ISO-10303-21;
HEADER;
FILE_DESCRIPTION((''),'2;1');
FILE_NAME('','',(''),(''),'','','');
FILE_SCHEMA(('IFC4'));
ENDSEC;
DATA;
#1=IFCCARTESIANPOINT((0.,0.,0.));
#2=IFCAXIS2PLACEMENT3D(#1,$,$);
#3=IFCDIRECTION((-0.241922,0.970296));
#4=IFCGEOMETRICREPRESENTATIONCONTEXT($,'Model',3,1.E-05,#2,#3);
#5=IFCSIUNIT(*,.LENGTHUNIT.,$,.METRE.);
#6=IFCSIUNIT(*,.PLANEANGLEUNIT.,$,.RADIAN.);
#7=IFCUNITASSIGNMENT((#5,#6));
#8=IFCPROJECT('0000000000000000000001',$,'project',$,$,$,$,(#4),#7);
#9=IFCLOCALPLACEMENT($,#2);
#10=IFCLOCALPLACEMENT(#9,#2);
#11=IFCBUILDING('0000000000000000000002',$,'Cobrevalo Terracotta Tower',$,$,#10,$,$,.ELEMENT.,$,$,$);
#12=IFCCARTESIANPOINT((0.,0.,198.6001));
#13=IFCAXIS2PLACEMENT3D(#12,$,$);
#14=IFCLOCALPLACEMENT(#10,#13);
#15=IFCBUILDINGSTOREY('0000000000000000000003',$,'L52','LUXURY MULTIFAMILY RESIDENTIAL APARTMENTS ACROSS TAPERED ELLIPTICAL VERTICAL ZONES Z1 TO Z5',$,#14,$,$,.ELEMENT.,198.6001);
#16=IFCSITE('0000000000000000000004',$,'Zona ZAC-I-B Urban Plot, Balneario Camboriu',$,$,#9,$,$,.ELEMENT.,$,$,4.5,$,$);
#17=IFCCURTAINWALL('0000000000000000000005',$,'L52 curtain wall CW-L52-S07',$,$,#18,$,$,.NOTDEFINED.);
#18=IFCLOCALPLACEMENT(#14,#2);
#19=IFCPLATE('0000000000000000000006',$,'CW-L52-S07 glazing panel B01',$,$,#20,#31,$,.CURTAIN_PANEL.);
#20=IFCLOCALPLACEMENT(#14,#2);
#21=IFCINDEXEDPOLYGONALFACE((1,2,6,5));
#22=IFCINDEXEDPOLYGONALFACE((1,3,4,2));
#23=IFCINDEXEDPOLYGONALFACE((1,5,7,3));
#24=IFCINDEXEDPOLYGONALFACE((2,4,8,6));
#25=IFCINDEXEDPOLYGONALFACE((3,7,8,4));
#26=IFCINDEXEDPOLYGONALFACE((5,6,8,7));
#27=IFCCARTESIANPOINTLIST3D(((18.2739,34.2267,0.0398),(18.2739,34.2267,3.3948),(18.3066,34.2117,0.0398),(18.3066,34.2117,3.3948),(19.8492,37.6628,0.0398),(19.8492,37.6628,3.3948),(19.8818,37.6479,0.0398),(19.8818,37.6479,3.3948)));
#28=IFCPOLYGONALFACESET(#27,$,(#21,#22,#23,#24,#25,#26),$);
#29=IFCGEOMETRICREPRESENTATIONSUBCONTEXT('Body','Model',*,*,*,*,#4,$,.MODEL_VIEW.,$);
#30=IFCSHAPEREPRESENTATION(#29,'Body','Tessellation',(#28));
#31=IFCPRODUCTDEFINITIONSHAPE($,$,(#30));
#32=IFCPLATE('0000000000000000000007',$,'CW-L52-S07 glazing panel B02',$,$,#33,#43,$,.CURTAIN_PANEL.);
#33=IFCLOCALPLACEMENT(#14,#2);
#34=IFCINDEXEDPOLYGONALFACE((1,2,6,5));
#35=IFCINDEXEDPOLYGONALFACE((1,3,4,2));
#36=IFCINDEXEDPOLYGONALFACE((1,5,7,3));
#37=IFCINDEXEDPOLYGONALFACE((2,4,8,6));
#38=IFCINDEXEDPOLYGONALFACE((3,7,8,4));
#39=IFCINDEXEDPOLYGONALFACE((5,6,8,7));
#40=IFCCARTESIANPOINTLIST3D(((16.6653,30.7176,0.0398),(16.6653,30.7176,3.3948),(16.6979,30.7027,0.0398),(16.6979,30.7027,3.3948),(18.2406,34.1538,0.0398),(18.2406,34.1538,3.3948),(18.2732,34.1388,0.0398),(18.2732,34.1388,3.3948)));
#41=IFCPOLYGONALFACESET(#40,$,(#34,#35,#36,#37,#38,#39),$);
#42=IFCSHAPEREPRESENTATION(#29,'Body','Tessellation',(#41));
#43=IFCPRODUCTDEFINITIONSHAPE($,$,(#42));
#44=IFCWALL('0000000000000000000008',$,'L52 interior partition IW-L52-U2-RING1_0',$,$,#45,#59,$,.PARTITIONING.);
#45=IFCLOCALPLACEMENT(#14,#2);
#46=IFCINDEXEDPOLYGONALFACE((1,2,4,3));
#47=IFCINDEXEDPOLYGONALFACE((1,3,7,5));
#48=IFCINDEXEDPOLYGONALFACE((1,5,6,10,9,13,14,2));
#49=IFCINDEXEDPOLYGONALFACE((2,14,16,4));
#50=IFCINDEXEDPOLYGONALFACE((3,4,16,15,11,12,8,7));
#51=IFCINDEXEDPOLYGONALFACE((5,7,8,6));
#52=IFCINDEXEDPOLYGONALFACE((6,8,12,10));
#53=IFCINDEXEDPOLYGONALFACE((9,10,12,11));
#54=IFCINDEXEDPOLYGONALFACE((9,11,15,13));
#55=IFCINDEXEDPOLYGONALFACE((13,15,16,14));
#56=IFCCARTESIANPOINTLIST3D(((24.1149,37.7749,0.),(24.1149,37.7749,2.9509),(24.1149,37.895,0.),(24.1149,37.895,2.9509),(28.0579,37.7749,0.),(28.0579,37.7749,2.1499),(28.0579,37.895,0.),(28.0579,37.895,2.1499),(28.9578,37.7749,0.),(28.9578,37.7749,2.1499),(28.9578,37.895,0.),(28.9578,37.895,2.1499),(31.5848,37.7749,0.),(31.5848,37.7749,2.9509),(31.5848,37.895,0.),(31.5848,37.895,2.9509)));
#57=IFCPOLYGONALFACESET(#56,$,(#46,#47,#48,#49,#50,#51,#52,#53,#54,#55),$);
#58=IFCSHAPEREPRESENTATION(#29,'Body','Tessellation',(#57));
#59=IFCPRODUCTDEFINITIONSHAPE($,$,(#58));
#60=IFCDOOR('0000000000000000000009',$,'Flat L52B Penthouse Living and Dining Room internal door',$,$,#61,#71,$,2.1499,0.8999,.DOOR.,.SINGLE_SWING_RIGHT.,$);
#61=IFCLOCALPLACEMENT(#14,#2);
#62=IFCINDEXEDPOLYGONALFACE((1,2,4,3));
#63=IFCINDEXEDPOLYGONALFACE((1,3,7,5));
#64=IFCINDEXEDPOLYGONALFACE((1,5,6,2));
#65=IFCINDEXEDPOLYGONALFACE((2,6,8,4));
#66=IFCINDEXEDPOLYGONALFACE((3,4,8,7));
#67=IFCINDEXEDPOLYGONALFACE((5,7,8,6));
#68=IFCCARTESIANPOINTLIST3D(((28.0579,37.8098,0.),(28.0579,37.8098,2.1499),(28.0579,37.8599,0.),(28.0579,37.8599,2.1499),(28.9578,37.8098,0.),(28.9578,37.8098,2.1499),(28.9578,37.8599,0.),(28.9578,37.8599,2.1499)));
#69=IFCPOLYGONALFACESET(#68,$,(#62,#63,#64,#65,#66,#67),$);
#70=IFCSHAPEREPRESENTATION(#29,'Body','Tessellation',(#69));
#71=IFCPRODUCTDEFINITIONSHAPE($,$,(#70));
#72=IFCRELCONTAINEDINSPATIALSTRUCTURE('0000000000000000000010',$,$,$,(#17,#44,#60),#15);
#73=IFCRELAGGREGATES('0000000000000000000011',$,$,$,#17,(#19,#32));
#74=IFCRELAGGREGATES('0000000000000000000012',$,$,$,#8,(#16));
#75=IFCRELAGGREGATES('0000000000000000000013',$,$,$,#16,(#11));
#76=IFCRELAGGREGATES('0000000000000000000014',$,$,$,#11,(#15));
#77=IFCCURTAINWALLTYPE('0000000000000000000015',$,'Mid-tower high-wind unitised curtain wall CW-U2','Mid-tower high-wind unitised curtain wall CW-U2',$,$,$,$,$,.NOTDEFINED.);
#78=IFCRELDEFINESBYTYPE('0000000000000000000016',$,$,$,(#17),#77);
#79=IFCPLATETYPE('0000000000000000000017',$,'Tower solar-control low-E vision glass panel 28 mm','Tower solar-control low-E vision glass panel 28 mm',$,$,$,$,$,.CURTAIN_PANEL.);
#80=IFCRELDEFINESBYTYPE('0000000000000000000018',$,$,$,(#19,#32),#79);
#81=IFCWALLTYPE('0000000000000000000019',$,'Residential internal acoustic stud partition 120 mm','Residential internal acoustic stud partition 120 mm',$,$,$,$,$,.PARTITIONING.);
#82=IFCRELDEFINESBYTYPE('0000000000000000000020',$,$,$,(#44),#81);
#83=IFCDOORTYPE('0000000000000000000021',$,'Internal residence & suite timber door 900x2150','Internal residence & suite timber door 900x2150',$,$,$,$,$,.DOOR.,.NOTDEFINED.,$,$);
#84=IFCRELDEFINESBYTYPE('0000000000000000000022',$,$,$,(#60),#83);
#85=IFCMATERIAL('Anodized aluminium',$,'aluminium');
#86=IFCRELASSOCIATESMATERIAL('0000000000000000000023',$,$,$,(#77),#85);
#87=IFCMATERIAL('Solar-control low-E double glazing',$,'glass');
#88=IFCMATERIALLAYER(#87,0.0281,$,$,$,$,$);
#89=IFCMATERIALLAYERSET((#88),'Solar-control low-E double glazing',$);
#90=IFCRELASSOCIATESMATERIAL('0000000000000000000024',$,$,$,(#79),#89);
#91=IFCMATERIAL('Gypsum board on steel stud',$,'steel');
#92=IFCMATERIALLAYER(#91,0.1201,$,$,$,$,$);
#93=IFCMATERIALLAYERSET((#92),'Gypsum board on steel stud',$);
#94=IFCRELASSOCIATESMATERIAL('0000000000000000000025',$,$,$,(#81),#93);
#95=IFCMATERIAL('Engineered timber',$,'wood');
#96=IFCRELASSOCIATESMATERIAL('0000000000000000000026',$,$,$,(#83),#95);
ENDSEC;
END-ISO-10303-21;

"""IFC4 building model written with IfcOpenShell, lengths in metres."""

from ifc_helpers import new_model, si_unit, direction, frame, frame_2d, origin, origin_2d, place, context, subcontext, project, spatial, rectangle, extrude, source, transform, mapped, material, layer, layer_set, type_object, element, fill, aggregate, save


model = new_model("IFC4")

# Units and contexts
model_context = context("Model", 3, precision=1e-05, world=origin(), true_north=direction((-0.241922, 0.970296)))
body_context = subcontext(model_context, "Body", "Model", "MODEL_VIEW")
ifc_project = project(units=[si_unit("LENGTHUNIT", "METRE"), si_unit("PLANEANGLEUNIT", "RADIAN")], contexts=[model_context])

# Site, building, storey
site_placement = place(None, origin())
site = spatial("IfcSite", under=ifc_project, at=site_placement, Name="Zona ZAC-I-B Urban Plot, Balneario Camboriu", CompositionType="ELEMENT", RefElevation=4.5)
building_placement = place(site_placement, origin())
building = spatial("IfcBuilding", under=site, at=building_placement, Name="Cobrevalo Terracotta Tower", CompositionType="ELEMENT")
storey_placement = place(building_placement, frame((0.0, 0.0, 198.6001)))
storey = spatial("IfcBuildingStorey", under=building, at=storey_placement, Name="L52", Description="LUXURY MULTIFAMILY RESIDENTIAL APARTMENTS ACROSS TAPERED ELLIPTICAL VERTICAL ZONES Z1 TO Z5", CompositionType="ELEMENT", Elevation=198.6001)

# Curtain wall
ifc_material_1 = material(Name="Anodized aluminium", Category="aluminium")
curtain_wall_type = type_object("IfcCurtainWallType", Name="Mid-tower high-wind unitised curtain wall CW-U2", Description="Mid-tower high-wind unitised curtain wall CW-U2", PredefinedType="NOTDEFINED", material=ifc_material_1)
curtain_wall_1_placement = place(storey_placement, origin())
curtain_wall_1 = element("IfcCurtainWall", 1, at=curtain_wall_1_placement, inside=storey, type_object=curtain_wall_type, Name="L52 curtain wall CW-L52-S07", PredefinedType="NOTDEFINED")

# Plates
ifc_material_2 = material(Name="Solar-control low-E double glazing", Category="glass")
ifc_layer_1 = layer(ifc_material_2, 0.0281)
ifc_layer_set_1 = layer_set([ifc_layer_1], Name="Solar-control low-E double glazing")
plate_type = type_object("IfcPlateType", Name="Tower solar-control low-E vision glass panel 28 mm", Description="Tower solar-control low-E vision glass panel 28 mm", PredefinedType="CURTAIN_PANEL", material=ifc_layer_set_1)
shared_shape_1 = source(origin(), body_context, "Body", "SweptSolid", [
    extrude(rectangle(XDim=3.78, YDim=0.0359, at=origin_2d()), origin(), (0.0, 0.0, 1.0), 3.355),
])
plate_1_placement = place(storey_placement, frame((19.0779, 35.9373, 0.0398), z_axis=(0.0, 0.0, 1.0), x_axis=(-0.416731, -0.90903, 0.0)))
plate_1 = element("IfcPlate", 2, at=plate_1_placement, type_object=plate_type, Name="CW-L52-S07 glazing panel B01", PredefinedType="CURTAIN_PANEL", context=body_context, shape_type="MappedRepresentation", body=[
    mapped(shared_shape_1, transform((0.0, 0.0, 0.0), scale=1.0)),
])
plate_2_placement = place(storey_placement, frame((17.4692, 32.4282, 0.0398), z_axis=(0.0, 0.0, 1.0), x_axis=(-0.416731, -0.90903, 0.0)))
plate_2 = element("IfcPlate", 3, at=plate_2_placement, type_object=plate_type, Name="CW-L52-S07 glazing panel B02", PredefinedType="CURTAIN_PANEL", context=body_context, shape_type="MappedRepresentation", body=[
    mapped(shared_shape_1, transform((0.0, 0.0, 0.0), scale=1.0)),
])
aggregate(curtain_wall_1, [plate_1, plate_2])

# Wall, opening, door
ifc_material_3 = material(Name="Gypsum board on steel stud", Category="steel")
ifc_layer_2 = layer(ifc_material_3, 0.1201)
ifc_layer_set_2 = layer_set([ifc_layer_2], Name="Gypsum board on steel stud")
wall_type = type_object("IfcWallType", Name="Residential internal acoustic stud partition 120 mm", Description="Residential internal acoustic stud partition 120 mm", PredefinedType="PARTITIONING", material=ifc_layer_set_2)
wall_placement = place(storey_placement, frame((24.115, 37.835, 0.0), z_axis=(0.0, 0.0, 1.0), x_axis=(1.0, 0.0, 0.0)))
wall = element("IfcWall", 4, at=wall_placement, inside=storey, type_object=wall_type, Name="L52 interior partition IW-L52-U2-RING1_0", PredefinedType="PARTITIONING", context=body_context, shape_type="SweptSolid", body=[
    extrude(rectangle(XDim=7.47, YDim=0.1201, at=frame_2d((3.7349, 0.0))), origin(), (0.0, 0.0, 1.0), 2.9509),
])
opening_placement = place(wall_placement, frame((3.9429, 0.0, 0.0)))
opening = element("IfcOpeningElement", 5, at=opening_placement, cuts=wall, PredefinedType="OPENING", context=body_context, shape_type="SweptSolid", body=[
    extrude(rectangle(XDim=0.8999, YDim=2.1499, at=frame_2d((0.45, 1.075))), frame((0.0, 0.0701, 0.0), z_axis=(0.0, -1.0, 0.0), x_axis=(1.0, 0.0, 0.0)), (0.0, 0.0, 1.0), 0.1401),
])
ifc_material_4 = material(Name="Engineered timber", Category="wood")
door_type = type_object("IfcDoorType", Name="Internal residence & suite timber door 900x2150", Description="Internal residence & suite timber door 900x2150", OperationType="NOTDEFINED", PredefinedType="DOOR", material=ifc_material_4)
shared_shape_2 = source(origin(), body_context, "Body", "SweptSolid", [
    extrude(rectangle(XDim=0.8999, YDim=2.1499, at=frame_2d((0.45, 1.075))), frame((0.0, 0.0249, 0.0), z_axis=(0.0, -1.0, 0.0), x_axis=(1.0, 0.0, 0.0)), (0.0, 0.0, 1.0), 0.05),
])
door_placement = place(opening_placement, origin())
door = element("IfcDoor", 6, at=door_placement, inside=storey, type_object=door_type, Name="Flat L52B Penthouse Living and Dining Room internal door", OperationType="SINGLE_SWING_RIGHT", OverallHeight=2.1499, OverallWidth=0.8999, PredefinedType="DOOR", context=body_context, shape_type="MappedRepresentation", body=[
    mapped(shared_shape_2, transform((0.0, 0.0, 0.0), scale=1.0)),
])
fill(opening, door)

save(model, "model.ifc")
